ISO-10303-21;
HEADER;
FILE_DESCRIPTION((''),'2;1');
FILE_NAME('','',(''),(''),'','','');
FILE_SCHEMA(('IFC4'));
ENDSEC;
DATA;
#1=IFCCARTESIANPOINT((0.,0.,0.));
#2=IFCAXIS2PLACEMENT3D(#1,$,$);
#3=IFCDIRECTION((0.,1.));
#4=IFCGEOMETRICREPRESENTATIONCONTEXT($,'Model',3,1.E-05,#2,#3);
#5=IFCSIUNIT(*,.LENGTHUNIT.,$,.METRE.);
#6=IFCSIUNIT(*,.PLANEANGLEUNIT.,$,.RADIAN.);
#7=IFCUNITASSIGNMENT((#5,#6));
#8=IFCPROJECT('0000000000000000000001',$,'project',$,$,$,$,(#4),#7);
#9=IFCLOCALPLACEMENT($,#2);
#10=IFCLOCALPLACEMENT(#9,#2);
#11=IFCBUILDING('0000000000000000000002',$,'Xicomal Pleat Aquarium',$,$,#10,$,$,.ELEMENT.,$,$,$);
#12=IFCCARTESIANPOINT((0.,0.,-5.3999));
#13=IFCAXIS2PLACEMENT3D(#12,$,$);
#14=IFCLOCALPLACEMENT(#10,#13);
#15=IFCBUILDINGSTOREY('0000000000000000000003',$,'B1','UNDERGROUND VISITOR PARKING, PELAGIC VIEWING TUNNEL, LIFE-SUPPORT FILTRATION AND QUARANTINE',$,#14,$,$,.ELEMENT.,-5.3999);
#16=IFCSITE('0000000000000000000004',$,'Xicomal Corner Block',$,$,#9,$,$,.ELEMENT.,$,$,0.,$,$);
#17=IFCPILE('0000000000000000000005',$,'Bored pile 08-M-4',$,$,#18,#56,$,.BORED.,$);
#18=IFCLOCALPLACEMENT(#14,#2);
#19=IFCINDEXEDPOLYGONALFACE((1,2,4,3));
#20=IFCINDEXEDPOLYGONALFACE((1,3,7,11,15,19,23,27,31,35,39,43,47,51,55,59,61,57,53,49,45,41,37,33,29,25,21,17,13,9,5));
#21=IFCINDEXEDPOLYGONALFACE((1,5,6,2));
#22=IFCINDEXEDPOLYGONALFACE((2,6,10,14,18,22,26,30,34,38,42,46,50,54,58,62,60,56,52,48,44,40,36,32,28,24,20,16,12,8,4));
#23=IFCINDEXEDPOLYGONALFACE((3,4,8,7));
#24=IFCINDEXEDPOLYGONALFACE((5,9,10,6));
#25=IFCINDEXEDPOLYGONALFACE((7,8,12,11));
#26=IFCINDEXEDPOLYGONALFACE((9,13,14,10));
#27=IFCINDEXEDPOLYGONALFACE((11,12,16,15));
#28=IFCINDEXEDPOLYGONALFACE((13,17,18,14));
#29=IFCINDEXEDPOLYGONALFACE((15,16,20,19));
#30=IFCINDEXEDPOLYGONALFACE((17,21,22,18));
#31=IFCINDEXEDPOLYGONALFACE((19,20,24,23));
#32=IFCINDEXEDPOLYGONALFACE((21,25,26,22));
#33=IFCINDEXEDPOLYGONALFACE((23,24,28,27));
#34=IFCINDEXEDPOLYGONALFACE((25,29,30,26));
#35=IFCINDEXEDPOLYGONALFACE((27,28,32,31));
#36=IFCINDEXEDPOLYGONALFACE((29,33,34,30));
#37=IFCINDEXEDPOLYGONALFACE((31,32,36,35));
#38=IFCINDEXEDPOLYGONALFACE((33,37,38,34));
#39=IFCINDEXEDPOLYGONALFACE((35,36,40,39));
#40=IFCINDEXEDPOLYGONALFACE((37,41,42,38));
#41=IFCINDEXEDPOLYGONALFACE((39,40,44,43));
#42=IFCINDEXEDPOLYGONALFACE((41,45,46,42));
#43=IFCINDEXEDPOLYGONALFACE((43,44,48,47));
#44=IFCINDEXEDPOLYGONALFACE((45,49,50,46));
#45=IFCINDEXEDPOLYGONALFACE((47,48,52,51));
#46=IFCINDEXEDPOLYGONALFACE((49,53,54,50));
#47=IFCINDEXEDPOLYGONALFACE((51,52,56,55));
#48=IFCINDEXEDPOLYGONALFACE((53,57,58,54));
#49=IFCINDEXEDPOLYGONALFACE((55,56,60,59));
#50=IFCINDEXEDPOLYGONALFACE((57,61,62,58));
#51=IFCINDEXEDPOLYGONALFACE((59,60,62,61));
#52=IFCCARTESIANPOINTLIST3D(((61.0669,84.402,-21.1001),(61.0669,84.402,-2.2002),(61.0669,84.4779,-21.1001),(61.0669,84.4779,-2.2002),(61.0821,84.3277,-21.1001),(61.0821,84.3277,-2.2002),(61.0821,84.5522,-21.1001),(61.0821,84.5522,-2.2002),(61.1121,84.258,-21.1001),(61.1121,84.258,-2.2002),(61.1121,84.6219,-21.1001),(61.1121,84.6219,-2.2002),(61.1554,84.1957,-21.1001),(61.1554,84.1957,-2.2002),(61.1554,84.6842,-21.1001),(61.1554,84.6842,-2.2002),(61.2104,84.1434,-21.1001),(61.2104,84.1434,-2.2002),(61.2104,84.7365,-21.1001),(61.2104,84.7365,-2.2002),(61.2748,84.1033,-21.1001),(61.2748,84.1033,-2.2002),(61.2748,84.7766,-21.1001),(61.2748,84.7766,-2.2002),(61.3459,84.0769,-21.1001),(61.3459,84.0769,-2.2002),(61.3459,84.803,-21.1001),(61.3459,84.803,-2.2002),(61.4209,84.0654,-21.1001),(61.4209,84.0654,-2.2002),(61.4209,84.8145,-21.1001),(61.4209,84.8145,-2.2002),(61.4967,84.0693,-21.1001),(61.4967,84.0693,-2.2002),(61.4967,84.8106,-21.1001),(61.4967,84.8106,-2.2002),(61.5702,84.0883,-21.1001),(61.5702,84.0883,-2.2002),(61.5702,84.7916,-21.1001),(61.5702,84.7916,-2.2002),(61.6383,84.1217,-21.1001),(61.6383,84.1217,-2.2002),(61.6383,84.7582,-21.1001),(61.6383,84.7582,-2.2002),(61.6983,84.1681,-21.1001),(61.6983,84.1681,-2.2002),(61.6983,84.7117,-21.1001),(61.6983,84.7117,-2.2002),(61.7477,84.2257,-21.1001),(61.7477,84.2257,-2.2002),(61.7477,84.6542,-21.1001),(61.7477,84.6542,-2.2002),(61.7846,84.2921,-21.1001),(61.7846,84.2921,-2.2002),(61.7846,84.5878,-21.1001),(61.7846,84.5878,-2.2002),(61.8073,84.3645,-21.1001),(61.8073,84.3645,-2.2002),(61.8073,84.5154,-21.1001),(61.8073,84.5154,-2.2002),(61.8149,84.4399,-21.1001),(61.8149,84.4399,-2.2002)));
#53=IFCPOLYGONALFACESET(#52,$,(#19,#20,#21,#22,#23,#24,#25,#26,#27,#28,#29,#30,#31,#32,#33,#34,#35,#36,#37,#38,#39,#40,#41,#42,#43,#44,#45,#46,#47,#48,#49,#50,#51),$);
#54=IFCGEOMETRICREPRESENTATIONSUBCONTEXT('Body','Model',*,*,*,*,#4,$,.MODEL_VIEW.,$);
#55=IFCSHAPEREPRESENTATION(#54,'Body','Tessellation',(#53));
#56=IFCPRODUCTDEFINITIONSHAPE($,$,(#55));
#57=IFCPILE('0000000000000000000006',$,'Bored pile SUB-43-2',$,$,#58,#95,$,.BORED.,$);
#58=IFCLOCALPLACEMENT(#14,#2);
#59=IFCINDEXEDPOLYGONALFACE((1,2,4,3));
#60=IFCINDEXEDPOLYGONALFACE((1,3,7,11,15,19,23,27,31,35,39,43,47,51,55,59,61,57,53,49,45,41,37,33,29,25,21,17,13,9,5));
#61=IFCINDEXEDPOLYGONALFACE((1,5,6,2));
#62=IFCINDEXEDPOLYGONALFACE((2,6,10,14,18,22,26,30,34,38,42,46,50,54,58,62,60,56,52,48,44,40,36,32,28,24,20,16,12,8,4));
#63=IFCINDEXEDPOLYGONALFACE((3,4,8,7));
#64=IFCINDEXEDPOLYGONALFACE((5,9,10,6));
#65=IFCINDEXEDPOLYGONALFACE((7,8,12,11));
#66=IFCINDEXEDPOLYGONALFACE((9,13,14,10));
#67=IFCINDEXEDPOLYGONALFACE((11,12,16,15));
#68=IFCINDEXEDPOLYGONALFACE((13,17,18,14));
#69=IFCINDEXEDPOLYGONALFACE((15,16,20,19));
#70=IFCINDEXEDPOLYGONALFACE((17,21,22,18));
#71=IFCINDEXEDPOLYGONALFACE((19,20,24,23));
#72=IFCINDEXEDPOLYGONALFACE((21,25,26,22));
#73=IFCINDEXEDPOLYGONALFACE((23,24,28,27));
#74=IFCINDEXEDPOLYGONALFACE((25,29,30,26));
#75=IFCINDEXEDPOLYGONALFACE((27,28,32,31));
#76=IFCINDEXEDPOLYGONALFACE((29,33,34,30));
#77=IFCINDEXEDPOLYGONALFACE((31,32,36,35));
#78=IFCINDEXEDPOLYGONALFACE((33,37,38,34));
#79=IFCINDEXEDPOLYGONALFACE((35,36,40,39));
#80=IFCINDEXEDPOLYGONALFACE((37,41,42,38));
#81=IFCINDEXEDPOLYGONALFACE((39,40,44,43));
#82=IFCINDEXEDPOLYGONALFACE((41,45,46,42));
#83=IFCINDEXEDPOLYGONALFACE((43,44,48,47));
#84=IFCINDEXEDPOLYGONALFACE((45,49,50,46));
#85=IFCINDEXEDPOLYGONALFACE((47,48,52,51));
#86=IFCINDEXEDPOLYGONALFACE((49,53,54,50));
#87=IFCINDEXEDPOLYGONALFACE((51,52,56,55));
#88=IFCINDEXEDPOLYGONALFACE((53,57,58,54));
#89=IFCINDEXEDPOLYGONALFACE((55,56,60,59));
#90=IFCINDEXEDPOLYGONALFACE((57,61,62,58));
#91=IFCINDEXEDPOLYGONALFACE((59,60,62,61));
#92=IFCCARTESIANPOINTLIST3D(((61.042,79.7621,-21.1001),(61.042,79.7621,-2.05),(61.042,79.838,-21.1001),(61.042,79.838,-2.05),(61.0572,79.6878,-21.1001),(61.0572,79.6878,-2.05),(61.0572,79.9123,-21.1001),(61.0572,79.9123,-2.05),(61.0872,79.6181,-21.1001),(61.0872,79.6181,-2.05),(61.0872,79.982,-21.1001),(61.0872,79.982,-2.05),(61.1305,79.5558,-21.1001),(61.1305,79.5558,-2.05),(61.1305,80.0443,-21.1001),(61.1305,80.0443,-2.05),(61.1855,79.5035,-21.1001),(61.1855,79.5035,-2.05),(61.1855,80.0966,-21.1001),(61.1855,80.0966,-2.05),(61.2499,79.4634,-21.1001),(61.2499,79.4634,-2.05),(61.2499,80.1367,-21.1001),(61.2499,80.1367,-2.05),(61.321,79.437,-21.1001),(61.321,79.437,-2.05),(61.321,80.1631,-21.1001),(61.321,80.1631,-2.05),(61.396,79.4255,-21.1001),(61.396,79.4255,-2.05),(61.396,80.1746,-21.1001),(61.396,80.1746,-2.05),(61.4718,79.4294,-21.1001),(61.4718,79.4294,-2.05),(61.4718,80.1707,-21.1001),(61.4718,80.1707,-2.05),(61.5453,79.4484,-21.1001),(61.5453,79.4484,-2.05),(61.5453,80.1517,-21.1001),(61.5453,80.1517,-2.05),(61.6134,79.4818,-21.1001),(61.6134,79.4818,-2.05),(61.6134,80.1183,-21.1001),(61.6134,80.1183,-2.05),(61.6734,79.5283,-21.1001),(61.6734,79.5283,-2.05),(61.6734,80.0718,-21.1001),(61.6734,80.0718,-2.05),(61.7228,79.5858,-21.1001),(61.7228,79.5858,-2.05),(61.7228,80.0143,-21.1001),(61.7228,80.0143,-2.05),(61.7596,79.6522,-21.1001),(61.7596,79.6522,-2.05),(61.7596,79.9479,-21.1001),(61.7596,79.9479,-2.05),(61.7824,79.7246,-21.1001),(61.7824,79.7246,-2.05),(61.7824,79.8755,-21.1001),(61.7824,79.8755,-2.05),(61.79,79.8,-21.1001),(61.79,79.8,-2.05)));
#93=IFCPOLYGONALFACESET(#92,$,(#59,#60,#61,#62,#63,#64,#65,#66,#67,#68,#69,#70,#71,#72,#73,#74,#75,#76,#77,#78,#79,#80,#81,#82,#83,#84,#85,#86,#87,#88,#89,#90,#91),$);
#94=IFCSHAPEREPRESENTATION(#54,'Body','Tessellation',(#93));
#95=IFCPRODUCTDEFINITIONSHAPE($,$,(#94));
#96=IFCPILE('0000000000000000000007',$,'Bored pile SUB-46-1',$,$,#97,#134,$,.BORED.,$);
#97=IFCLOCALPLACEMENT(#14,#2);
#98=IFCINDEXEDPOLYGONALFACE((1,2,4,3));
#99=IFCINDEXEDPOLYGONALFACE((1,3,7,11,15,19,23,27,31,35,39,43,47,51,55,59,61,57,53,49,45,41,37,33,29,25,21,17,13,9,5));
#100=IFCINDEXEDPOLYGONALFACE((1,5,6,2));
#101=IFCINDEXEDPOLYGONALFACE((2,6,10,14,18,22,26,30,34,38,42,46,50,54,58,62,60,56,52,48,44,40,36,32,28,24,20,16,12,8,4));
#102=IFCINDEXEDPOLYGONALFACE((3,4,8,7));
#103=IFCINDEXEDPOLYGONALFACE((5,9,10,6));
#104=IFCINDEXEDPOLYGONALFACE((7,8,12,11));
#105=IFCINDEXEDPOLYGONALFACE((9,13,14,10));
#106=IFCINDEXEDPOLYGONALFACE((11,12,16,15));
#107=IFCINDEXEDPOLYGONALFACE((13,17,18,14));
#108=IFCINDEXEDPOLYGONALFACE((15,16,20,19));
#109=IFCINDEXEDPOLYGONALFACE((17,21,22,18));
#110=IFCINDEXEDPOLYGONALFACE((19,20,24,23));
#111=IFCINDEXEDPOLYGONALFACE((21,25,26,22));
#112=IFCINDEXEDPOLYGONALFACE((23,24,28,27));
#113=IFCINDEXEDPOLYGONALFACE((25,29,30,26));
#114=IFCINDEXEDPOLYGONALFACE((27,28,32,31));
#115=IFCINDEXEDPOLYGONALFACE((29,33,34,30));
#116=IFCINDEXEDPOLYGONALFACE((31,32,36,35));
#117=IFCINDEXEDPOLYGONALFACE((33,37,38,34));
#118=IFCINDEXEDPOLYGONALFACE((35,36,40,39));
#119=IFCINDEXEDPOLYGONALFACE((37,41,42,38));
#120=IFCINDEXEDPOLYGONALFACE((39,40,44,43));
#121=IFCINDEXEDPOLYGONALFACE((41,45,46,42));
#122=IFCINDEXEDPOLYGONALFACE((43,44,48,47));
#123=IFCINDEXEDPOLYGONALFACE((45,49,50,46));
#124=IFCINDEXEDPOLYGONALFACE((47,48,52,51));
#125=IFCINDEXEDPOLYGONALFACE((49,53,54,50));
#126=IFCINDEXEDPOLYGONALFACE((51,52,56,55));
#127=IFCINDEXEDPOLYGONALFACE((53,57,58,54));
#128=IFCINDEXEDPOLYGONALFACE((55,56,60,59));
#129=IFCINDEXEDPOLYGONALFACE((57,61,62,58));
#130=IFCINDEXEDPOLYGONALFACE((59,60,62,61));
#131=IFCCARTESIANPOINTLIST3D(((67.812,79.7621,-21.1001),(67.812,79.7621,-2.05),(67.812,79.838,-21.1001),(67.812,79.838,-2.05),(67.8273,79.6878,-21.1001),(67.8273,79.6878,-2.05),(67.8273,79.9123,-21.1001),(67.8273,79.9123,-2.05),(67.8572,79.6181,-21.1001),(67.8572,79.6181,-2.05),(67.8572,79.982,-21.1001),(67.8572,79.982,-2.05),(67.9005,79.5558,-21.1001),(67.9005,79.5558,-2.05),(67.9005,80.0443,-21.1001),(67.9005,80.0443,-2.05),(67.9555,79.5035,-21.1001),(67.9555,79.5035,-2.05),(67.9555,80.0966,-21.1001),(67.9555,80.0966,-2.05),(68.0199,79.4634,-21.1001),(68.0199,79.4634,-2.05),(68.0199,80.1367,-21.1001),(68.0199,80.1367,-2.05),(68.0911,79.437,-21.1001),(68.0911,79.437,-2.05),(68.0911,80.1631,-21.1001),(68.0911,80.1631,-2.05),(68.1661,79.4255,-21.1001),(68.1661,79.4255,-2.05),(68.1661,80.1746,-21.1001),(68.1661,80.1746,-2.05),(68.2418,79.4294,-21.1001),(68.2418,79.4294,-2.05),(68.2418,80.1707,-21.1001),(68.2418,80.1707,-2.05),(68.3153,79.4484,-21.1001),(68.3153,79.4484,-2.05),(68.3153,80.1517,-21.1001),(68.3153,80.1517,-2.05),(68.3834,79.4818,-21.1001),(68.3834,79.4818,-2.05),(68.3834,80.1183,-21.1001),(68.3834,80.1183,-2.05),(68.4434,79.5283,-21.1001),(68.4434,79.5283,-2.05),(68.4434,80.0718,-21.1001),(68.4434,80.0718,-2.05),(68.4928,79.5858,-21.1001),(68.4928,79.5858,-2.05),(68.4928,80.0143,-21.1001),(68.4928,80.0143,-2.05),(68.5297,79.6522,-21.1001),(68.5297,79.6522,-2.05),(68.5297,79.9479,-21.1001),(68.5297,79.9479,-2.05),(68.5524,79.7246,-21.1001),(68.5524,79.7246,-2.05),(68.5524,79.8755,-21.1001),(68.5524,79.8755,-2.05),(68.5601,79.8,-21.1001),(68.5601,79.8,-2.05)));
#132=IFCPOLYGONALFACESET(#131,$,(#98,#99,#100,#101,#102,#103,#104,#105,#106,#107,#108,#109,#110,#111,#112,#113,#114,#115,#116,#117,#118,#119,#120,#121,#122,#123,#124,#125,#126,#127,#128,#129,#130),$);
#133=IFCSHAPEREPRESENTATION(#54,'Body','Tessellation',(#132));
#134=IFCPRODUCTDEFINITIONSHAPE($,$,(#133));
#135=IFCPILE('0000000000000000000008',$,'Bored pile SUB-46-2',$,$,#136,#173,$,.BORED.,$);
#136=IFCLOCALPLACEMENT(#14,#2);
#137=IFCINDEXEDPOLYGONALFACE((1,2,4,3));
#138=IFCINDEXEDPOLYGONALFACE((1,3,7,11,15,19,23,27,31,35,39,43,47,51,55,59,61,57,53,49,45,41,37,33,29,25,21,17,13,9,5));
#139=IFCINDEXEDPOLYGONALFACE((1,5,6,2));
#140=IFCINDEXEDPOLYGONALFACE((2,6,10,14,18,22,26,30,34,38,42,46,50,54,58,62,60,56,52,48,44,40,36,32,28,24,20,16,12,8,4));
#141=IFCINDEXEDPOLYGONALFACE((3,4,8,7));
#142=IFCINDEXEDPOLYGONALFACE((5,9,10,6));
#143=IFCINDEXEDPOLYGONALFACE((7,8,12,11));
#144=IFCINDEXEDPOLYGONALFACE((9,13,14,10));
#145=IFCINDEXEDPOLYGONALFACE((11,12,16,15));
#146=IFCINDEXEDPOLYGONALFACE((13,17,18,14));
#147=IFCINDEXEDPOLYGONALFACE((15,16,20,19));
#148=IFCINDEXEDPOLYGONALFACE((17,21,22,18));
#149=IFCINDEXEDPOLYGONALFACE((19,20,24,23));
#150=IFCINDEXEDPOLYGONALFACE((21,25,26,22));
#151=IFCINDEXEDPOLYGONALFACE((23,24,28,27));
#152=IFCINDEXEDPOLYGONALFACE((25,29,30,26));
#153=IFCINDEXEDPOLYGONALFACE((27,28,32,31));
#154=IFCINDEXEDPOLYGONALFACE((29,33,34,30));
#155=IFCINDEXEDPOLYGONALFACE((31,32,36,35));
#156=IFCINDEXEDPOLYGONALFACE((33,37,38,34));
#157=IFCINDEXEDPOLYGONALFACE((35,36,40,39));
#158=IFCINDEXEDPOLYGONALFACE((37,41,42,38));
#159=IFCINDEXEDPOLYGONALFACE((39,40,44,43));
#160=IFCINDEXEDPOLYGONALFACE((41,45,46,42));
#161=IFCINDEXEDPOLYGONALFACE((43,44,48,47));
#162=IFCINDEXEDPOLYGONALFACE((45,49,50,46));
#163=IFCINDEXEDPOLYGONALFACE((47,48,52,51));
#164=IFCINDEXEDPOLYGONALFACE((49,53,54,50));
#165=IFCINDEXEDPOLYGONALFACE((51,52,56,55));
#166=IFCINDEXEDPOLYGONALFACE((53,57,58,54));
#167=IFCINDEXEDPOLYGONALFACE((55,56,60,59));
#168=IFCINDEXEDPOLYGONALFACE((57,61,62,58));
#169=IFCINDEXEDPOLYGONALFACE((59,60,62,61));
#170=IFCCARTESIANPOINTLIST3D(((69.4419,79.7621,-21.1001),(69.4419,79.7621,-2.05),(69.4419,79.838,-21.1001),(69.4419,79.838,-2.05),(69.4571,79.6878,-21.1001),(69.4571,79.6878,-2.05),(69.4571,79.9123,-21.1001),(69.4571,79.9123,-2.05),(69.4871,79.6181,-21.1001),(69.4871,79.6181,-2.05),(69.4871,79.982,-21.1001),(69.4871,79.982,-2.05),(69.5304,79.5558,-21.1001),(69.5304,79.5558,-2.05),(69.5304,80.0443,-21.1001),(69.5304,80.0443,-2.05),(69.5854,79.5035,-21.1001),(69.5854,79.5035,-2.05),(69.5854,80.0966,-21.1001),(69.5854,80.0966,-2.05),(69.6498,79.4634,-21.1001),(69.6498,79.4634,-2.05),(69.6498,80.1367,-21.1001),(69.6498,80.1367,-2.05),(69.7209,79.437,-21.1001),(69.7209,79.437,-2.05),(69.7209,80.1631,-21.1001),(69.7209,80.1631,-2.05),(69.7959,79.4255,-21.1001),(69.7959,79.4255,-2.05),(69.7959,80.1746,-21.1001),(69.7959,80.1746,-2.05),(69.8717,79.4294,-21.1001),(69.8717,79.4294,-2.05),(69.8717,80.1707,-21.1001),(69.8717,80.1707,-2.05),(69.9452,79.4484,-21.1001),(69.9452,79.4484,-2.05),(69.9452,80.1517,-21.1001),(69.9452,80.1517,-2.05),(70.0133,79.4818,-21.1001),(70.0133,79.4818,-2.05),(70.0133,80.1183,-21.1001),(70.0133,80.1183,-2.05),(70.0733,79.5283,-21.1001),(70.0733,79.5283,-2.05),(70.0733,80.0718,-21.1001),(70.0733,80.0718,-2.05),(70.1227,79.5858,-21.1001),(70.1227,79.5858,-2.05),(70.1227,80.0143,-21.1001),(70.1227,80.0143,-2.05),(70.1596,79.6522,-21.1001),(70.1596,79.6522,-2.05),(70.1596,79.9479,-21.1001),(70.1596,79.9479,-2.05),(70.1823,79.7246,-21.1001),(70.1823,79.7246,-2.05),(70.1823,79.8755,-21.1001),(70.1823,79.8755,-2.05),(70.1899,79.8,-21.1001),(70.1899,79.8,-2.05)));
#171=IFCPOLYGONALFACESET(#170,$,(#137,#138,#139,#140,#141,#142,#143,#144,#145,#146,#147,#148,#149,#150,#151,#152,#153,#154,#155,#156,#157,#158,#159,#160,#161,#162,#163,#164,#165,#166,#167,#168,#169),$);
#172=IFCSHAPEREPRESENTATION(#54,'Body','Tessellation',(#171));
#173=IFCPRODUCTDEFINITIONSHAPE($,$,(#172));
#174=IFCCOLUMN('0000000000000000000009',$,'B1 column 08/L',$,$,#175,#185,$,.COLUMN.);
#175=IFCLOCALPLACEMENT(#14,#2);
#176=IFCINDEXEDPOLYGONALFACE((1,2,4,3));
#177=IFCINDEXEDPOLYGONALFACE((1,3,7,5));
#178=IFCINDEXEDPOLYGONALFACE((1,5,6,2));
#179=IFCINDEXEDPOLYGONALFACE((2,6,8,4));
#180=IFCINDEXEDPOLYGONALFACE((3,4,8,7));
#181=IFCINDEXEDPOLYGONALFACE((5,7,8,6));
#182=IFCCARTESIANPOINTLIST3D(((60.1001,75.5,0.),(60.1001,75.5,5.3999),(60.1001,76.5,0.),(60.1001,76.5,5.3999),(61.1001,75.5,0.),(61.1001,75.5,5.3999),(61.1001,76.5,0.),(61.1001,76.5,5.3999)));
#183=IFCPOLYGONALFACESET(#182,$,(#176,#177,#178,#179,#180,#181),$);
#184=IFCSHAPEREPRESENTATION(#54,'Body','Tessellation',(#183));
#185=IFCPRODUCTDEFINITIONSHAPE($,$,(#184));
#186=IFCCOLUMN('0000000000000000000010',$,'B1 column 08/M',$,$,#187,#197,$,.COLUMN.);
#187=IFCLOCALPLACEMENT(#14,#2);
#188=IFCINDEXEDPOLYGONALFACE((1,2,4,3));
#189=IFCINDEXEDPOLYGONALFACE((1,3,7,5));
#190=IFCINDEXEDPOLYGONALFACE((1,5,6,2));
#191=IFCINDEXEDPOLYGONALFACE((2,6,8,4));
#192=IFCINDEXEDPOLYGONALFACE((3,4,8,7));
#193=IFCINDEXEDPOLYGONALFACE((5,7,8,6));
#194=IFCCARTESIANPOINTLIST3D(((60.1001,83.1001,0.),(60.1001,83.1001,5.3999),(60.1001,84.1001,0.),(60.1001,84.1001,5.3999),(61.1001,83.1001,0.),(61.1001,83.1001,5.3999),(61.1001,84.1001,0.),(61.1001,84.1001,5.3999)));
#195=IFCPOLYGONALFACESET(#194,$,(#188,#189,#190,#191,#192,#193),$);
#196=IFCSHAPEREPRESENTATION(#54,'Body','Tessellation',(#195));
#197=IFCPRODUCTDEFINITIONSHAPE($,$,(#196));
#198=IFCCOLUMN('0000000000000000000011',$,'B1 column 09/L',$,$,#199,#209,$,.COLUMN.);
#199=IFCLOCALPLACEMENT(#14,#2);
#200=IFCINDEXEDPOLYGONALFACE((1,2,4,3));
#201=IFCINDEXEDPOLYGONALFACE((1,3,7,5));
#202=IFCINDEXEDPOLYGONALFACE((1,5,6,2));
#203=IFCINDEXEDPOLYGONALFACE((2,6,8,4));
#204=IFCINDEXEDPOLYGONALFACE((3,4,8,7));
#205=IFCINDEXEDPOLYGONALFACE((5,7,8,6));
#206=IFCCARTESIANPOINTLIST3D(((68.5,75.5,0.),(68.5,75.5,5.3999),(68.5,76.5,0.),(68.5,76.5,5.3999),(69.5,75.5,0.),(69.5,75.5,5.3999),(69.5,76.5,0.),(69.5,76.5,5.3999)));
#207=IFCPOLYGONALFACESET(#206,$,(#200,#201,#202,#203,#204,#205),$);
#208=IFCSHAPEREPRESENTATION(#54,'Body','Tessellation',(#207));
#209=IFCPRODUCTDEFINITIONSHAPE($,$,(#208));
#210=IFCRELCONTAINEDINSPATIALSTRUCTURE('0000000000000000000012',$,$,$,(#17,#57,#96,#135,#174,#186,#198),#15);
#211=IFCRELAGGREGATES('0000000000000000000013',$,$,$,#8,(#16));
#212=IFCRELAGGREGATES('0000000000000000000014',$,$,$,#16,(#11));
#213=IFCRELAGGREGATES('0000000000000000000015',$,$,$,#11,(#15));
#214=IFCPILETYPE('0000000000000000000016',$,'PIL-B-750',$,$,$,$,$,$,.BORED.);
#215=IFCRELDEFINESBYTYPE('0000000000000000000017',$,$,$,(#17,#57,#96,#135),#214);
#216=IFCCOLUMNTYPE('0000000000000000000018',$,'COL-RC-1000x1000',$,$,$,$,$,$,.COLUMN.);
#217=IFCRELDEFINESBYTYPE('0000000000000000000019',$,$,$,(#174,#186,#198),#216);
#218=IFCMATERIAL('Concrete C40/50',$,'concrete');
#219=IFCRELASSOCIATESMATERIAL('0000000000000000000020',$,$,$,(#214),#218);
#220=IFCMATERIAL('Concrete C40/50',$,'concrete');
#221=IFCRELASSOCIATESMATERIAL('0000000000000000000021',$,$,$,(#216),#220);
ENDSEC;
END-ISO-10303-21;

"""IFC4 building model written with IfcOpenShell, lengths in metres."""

from ifc_helpers import new_model, si_unit, direction, frame, origin, origin_2d, place, context, subcontext, project, spatial, rectangle, circle, extrude, material, material_profile, profile_set, type_object, element, save


model = new_model("IFC4")

# Units and contexts
model_context = context("Model", 3, precision=1e-05, world=origin(), true_north=direction((0.0, 1.0)))
body_context = subcontext(model_context, "Body", "Model", "MODEL_VIEW")
ifc_project = project(units=[si_unit("LENGTHUNIT", "METRE"), si_unit("PLANEANGLEUNIT", "RADIAN")], contexts=[model_context])

# Site, building, storey
site_placement = place(None, origin())
site = spatial("IfcSite", under=ifc_project, at=site_placement, Name="Xicomal Corner Block", CompositionType="ELEMENT", RefElevation=0.0)
building_placement = place(site_placement, origin())
building = spatial("IfcBuilding", under=site, at=building_placement, Name="Xicomal Pleat Aquarium", CompositionType="ELEMENT")
storey_placement = place(building_placement, frame((0.0, 0.0, -5.3999)))
storey = spatial("IfcBuildingStorey", under=building, at=storey_placement, Name="B1", Description="UNDERGROUND VISITOR PARKING, PELAGIC VIEWING TUNNEL, LIFE-SUPPORT FILTRATION AND QUARANTINE", CompositionType="ELEMENT", Elevation=-5.3999)

# Piles
ifc_material_1 = material(Name="Concrete C40/50", Category="concrete")
ifc_material_profile_1 = material_profile(ifc_material_1, circle(Radius=0.375, at=origin_2d()), Name="BORED PILE D750")
ifc_profile_set_1 = profile_set([ifc_material_profile_1], Name="Concrete C40/50")
pile_type_1 = type_object("IfcPileType", Name="PIL-B-750", PredefinedType="BORED", material=ifc_profile_set_1)
for number, where, z_axis, x_axis, name in (
    (1, (61.4399, 84.4399, -2.2002), (0.0, 0.0, -1.0), (1.0, 0.0, 0.0), "Bored pile 08-M-4"),
):
    element("IfcPile", number, at=place(storey_placement, frame(where, z_axis=z_axis, x_axis=x_axis)), inside=storey, type_object=pile_type_1, Name=name, PredefinedType="BORED", context=body_context, shape_type="SweptSolid", body=[
        extrude(circle(Radius=0.375, at=origin_2d()), origin(), (0.0, 0.0, 1.0), 18.8999),
    ])
for number, where, z_axis, x_axis, name in (
    (2, (61.415, 79.8, -2.05), (0.0, 0.0, -1.0), (1.0, 0.0, 0.0), "Bored pile SUB-43-2"),
    (3, (68.1851, 79.8, -2.05), (0.0, 0.0, -1.0), (1.0, 0.0, 0.0), "Bored pile SUB-46-1"),
    (4, (69.8149, 79.8, -2.05), (0.0, 0.0, -1.0), (1.0, 0.0, 0.0), "Bored pile SUB-46-2"),
):
    element("IfcPile", number, at=place(storey_placement, frame(where, z_axis=z_axis, x_axis=x_axis)), inside=storey, type_object=pile_type_1, Name=name, PredefinedType="BORED", context=body_context, shape_type="SweptSolid", body=[
        extrude(circle(Radius=0.375, at=origin_2d()), origin(), (0.0, 0.0, 1.0), 19.05),
    ])

# Columns
ifc_material_2 = material(Name="Concrete C40/50", Category="concrete")
ifc_material_profile_2 = material_profile(ifc_material_2, rectangle(XDim=1.0, YDim=1.0, at=origin_2d()), Name="RC 1000x1000")
ifc_profile_set_2 = profile_set([ifc_material_profile_2], Name="Concrete C40/50")
column_type_1 = type_object("IfcColumnType", Name="COL-RC-1000x1000", PredefinedType="COLUMN", material=ifc_profile_set_2)
for number, where, z_axis, x_axis, name in (
    (5, (60.6001, 76.0, 0.0), (0.0, 0.0, 1.0), (1.0, 0.0, 0.0), "B1 column 08/L"),
    (6, (60.6001, 83.6001, 0.0), (0.0, 0.0, 1.0), (1.0, 0.0, 0.0), "B1 column 08/M"),
    (7, (69.0, 76.0, 0.0), (0.0, 0.0, 1.0), (1.0, 0.0, 0.0), "B1 column 09/L"),
):
    element("IfcColumn", number, at=place(storey_placement, frame(where, z_axis=z_axis, x_axis=x_axis)), inside=storey, type_object=column_type_1, Name=name, PredefinedType="COLUMN", context=body_context, shape_type="SweptSolid", body=[
        extrude(rectangle(XDim=1.0, YDim=1.0, at=origin_2d()), origin(), (0.0, 0.0, 1.0), 5.3999),
    ])

save(model, "model.ifc")
